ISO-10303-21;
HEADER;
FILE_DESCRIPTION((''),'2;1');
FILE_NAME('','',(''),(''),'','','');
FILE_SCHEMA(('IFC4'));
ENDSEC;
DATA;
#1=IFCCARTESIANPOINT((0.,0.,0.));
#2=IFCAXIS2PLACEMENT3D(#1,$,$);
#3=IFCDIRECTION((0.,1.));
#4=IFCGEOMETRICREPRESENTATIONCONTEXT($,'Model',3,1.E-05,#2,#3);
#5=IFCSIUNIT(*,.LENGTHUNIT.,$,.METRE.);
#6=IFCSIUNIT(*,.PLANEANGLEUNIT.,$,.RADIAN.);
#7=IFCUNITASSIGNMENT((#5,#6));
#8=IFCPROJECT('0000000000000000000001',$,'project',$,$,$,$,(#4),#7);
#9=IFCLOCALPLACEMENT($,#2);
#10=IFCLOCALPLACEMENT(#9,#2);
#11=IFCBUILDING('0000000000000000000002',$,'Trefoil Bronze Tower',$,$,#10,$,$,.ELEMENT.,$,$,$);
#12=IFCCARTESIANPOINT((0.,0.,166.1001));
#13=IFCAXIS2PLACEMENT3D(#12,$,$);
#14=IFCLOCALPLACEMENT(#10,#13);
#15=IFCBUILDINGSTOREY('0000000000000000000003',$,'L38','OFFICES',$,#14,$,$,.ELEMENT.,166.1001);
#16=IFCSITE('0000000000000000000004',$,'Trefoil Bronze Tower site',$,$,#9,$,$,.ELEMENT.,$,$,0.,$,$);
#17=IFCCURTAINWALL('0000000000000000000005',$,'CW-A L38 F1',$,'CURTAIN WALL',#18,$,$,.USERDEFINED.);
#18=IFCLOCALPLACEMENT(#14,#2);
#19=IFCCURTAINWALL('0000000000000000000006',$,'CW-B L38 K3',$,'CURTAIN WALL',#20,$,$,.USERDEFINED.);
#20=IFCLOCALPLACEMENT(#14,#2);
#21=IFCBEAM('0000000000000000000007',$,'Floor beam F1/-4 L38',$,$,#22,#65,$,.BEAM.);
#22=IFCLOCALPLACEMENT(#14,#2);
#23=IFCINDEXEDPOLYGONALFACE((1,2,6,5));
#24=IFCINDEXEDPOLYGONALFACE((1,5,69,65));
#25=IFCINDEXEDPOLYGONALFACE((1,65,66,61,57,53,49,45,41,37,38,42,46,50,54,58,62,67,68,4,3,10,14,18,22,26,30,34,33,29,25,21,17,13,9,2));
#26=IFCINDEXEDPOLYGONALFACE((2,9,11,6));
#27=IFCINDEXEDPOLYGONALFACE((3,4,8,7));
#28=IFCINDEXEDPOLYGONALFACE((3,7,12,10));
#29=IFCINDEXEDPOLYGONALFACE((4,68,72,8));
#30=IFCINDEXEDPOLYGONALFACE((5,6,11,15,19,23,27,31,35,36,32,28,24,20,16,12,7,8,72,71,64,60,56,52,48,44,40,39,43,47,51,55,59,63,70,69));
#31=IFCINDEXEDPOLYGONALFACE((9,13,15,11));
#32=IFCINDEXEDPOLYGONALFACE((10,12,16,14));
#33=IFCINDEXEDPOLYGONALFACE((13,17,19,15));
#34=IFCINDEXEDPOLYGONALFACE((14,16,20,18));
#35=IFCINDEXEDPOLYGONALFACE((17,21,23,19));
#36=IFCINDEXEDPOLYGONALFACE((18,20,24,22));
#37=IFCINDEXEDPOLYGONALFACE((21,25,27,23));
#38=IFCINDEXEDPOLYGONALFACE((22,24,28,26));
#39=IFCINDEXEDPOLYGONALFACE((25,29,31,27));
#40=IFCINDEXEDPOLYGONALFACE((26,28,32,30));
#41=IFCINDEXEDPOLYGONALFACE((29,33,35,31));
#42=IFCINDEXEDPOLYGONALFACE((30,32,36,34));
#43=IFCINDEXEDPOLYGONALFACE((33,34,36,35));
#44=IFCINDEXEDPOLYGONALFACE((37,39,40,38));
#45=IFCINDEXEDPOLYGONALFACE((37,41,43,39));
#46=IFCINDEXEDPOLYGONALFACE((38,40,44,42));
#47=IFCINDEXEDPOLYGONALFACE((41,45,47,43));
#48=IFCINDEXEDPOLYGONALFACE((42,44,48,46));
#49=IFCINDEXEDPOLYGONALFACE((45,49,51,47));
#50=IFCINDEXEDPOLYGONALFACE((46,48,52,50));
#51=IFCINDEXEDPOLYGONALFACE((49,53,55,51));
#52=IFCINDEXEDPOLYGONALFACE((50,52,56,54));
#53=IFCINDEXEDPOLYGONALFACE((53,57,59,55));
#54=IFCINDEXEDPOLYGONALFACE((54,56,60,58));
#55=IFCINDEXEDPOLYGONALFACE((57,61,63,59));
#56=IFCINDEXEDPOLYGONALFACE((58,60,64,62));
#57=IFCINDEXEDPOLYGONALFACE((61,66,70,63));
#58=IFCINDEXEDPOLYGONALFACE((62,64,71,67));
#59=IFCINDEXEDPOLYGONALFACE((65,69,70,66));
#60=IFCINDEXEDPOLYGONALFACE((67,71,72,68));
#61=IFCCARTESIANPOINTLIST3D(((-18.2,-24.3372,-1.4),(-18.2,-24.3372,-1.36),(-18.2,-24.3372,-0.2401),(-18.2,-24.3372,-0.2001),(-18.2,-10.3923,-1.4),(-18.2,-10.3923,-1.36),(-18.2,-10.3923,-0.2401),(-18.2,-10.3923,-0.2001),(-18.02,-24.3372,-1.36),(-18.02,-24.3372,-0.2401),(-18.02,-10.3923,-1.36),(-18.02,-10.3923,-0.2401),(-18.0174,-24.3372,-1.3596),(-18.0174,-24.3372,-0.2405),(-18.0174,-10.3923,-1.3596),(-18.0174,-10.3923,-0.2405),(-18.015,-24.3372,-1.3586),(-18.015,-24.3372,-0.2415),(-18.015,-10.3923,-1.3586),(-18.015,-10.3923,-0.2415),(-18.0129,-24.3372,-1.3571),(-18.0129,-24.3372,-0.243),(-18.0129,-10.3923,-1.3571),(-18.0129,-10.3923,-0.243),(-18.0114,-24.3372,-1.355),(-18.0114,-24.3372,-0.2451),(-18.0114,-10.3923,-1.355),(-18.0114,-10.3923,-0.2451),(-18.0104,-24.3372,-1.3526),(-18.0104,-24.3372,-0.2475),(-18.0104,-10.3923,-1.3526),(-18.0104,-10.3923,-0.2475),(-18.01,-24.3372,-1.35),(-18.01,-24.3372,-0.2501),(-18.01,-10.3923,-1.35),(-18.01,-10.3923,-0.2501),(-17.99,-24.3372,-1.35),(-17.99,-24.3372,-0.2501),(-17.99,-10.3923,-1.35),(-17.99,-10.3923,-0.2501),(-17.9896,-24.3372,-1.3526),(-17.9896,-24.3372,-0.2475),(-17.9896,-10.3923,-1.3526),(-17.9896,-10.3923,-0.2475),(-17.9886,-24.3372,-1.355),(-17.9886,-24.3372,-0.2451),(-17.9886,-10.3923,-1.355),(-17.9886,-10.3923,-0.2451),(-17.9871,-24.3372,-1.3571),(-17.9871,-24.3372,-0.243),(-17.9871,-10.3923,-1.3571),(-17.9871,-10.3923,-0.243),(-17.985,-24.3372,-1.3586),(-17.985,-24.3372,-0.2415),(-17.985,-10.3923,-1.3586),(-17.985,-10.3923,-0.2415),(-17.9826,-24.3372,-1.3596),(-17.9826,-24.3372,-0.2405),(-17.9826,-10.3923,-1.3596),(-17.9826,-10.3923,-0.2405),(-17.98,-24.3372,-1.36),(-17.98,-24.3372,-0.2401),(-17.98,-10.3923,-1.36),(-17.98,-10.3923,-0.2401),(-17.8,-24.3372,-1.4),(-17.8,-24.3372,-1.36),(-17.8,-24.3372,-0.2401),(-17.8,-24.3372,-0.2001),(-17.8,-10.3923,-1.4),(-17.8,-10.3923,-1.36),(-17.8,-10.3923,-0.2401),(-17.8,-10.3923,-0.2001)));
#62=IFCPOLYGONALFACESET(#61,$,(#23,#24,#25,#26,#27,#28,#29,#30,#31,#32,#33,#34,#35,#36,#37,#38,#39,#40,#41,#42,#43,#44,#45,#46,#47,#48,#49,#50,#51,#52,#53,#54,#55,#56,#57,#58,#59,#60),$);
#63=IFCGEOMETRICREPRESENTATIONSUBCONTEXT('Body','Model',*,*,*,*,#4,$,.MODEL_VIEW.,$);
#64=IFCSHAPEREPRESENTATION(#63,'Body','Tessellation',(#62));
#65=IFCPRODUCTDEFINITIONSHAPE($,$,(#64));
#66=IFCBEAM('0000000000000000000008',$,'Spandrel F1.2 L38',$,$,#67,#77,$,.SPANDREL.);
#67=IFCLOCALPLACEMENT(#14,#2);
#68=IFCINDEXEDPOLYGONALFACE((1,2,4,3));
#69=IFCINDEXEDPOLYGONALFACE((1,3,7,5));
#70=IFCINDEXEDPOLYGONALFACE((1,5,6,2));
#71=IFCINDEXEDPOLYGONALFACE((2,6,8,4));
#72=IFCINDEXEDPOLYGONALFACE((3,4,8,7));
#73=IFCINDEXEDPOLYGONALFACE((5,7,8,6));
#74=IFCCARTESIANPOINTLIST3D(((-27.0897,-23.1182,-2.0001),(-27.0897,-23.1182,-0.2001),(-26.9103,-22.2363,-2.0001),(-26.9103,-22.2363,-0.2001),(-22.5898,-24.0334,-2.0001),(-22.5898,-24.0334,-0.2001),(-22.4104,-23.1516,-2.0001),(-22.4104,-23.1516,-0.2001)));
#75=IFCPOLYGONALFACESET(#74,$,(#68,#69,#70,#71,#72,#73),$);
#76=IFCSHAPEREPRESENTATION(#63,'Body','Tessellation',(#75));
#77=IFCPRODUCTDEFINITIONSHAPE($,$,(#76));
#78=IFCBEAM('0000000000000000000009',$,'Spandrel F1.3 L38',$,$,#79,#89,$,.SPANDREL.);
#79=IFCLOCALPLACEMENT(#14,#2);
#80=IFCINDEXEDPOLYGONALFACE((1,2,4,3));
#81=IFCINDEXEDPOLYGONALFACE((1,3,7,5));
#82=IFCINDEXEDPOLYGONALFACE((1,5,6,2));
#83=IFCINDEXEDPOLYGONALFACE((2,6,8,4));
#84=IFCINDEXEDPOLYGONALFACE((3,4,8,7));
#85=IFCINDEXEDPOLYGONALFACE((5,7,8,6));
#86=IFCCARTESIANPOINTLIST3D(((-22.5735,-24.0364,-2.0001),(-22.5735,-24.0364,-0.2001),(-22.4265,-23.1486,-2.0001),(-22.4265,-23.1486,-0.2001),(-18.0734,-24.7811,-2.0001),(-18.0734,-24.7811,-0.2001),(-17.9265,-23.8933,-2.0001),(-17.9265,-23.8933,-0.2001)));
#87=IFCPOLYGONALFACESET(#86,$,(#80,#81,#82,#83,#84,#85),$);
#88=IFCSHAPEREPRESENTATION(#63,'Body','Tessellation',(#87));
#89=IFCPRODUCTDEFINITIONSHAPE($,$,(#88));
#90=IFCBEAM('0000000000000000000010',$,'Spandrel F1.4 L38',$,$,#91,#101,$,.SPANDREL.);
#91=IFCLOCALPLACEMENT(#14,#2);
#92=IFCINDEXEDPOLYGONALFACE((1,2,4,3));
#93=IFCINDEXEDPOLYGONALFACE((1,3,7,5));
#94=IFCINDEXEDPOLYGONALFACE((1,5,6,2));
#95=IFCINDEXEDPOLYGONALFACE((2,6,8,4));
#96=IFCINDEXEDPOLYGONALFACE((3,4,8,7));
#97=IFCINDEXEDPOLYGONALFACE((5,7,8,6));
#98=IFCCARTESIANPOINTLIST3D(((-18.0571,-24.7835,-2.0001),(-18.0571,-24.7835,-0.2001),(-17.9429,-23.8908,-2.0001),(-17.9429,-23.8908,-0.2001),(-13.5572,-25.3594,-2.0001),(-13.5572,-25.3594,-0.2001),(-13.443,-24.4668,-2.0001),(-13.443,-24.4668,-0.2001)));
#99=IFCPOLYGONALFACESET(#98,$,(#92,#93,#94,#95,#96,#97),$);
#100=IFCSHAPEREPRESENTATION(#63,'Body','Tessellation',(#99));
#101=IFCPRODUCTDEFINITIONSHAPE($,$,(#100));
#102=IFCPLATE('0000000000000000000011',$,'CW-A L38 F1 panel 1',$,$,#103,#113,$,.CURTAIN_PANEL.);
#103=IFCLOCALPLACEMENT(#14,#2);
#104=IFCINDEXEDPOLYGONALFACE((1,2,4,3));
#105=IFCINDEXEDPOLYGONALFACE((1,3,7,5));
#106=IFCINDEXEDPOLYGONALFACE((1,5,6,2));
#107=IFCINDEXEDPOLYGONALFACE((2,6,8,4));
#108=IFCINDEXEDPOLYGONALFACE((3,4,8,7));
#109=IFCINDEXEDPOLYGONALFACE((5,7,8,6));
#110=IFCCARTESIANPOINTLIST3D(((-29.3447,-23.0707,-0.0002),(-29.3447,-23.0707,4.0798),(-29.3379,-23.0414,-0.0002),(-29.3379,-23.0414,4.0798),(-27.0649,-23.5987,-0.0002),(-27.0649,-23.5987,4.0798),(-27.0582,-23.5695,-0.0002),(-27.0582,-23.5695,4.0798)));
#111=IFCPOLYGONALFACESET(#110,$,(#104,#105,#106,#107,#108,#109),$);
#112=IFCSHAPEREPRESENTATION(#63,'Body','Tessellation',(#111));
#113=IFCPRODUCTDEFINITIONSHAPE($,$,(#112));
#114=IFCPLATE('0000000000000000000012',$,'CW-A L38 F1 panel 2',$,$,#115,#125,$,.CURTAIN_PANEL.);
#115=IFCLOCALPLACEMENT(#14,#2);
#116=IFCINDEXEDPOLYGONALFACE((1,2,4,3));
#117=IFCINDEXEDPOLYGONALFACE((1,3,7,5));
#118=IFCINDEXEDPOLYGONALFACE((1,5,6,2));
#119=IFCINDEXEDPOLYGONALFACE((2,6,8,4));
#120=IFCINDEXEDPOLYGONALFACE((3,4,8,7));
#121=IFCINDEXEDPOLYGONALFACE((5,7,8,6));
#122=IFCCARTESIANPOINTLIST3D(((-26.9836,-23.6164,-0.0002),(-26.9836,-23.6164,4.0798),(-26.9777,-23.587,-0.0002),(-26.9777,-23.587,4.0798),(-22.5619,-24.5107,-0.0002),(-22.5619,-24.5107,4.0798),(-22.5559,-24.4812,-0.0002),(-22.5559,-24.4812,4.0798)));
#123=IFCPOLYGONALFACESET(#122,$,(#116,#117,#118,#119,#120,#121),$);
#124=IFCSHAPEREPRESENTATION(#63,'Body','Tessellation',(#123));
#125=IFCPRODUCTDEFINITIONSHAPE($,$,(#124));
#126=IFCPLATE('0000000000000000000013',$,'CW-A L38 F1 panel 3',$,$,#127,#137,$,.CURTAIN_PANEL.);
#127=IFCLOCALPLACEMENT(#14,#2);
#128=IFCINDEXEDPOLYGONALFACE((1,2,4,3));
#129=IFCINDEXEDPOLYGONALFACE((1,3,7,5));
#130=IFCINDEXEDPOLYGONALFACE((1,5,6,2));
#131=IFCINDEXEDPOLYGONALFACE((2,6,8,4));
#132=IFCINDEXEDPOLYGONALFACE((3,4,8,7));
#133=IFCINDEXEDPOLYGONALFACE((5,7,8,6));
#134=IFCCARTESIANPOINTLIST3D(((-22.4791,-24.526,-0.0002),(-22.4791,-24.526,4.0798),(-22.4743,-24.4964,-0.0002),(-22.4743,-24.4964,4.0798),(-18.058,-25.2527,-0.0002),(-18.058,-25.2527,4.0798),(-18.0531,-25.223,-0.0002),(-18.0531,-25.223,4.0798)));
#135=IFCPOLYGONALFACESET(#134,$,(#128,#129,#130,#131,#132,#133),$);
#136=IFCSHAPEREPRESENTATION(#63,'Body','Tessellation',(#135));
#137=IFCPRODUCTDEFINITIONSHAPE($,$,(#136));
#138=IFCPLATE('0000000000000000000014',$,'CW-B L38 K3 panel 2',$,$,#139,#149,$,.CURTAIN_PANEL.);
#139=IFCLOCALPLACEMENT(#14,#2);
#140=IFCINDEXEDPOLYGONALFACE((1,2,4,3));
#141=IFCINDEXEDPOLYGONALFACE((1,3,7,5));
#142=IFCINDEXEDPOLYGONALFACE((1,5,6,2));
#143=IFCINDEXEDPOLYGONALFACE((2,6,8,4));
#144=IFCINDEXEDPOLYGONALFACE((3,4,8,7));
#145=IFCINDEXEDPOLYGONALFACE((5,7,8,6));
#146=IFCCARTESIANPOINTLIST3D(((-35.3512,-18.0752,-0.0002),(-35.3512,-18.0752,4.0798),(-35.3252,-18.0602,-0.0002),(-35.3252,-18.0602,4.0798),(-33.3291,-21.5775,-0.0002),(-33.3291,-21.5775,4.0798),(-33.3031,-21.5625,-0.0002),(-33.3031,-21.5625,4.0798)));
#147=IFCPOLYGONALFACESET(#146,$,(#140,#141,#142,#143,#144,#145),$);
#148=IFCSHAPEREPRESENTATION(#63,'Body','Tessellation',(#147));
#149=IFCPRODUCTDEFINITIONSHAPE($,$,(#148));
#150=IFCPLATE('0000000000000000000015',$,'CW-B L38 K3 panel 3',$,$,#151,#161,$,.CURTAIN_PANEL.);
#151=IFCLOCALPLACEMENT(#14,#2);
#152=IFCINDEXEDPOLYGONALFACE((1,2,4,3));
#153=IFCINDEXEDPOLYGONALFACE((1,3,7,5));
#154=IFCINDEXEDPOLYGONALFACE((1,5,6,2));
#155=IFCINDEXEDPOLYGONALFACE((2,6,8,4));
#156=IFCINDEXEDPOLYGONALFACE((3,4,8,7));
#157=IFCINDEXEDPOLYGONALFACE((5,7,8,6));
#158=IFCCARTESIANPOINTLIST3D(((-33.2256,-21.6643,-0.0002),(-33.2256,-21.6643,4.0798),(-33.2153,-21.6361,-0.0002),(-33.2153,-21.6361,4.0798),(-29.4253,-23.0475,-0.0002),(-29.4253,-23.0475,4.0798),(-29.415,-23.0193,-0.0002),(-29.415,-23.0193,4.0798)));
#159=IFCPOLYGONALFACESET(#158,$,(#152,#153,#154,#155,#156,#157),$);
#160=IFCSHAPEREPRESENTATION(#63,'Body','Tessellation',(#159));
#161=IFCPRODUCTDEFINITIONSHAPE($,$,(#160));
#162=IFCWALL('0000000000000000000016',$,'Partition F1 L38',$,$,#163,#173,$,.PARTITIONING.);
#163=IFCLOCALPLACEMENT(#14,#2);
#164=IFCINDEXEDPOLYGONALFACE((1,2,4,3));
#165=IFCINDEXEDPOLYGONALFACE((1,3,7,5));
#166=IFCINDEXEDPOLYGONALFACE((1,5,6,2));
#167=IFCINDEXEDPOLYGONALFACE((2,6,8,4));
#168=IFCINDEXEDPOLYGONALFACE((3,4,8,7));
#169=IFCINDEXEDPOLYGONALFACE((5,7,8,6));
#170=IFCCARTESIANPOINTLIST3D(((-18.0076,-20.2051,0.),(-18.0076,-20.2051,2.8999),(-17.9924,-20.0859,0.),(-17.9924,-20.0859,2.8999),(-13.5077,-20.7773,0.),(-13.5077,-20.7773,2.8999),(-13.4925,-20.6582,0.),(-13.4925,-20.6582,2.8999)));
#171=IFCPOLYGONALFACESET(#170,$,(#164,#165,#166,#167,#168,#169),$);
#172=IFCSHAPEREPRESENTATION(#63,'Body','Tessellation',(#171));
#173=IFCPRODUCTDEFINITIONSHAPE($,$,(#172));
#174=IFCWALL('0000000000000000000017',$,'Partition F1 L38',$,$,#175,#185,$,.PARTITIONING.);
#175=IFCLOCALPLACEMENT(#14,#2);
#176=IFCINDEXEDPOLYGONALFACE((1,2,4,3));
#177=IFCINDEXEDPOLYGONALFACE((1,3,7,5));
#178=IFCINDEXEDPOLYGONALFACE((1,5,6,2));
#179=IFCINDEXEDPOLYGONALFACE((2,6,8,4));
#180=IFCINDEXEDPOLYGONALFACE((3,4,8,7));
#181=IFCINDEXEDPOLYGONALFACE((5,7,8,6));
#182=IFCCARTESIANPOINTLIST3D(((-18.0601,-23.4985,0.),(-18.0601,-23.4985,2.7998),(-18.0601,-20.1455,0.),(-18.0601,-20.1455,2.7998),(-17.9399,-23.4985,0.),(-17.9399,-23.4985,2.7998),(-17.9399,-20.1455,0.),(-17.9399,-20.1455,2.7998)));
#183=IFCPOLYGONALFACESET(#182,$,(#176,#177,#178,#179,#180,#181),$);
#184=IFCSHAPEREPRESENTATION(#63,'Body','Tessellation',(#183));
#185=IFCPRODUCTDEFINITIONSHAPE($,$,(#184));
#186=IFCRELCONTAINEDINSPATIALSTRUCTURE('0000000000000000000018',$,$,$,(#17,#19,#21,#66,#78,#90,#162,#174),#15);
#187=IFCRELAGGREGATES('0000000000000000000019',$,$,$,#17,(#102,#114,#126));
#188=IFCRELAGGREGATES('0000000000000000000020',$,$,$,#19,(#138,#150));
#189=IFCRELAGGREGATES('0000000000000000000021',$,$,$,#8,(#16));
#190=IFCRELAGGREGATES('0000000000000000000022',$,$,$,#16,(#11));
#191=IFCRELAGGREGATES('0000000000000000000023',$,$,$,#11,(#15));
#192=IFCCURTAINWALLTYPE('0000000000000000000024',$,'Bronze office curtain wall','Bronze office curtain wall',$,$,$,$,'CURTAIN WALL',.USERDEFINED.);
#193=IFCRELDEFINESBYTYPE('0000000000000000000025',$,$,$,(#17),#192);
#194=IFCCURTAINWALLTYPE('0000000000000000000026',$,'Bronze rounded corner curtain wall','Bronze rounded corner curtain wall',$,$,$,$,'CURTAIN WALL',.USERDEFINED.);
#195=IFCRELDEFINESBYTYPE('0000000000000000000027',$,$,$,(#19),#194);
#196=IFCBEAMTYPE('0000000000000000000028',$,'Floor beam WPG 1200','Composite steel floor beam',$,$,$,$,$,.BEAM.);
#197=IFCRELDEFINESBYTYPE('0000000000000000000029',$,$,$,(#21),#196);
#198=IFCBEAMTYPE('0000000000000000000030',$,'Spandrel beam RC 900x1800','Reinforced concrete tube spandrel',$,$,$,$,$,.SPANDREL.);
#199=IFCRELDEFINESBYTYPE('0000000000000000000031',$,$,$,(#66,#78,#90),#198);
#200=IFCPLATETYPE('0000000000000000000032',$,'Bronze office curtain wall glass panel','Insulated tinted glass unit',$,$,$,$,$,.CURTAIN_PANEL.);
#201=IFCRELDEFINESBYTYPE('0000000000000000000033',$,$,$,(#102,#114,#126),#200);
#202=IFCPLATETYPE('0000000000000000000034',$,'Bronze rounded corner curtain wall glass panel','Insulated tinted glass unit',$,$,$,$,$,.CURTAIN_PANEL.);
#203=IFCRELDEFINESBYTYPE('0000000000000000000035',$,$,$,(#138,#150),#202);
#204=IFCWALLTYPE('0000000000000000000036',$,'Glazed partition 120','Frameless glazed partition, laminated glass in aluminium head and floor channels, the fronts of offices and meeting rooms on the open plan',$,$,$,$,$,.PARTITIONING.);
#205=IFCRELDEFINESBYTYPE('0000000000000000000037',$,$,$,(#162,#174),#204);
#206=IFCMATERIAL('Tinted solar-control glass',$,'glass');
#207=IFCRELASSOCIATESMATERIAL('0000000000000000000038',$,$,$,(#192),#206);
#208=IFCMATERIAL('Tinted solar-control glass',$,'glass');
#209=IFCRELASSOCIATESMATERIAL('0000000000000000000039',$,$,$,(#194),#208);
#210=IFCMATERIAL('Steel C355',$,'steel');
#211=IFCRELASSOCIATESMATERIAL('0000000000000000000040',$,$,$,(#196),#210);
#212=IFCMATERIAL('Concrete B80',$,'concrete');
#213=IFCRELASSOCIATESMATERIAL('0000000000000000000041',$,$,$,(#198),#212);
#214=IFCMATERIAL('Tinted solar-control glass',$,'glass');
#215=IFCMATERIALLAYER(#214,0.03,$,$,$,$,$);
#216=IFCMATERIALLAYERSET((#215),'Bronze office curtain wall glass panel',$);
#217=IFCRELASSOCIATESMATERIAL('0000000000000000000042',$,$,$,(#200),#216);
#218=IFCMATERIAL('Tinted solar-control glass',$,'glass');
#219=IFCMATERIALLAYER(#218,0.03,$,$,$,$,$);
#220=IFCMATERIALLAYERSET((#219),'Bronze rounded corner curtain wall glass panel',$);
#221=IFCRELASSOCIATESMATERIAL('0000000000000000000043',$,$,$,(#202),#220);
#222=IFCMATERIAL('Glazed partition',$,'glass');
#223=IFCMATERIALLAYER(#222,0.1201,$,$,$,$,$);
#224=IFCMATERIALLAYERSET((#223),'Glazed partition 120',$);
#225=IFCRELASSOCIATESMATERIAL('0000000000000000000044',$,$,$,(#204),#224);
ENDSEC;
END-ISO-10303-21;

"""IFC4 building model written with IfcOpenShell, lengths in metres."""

from ifc_helpers import new_model, si_unit, direction, frame, frame_2d, origin, origin_2d, place, context, subcontext, project, spatial, rectangle, i_section, extrude, material, layer, layer_set, material_profile, profile_set, type_object, element, aggregate, save


model = new_model("IFC4")

# Units and contexts
model_context = context("Model", 3, precision=1e-05, world=origin(), true_north=direction((0.0, 1.0)))
body_context = subcontext(model_context, "Body", "Model", "MODEL_VIEW")
ifc_project = project(units=[si_unit("LENGTHUNIT", "METRE"), si_unit("PLANEANGLEUNIT", "RADIAN")], contexts=[model_context])

# Site, building, storey
site_placement = place(None, origin())
site = spatial("IfcSite", under=ifc_project, at=site_placement, Name="Trefoil Bronze Tower site", CompositionType="ELEMENT", RefElevation=0.0)
building_placement = place(site_placement, origin())
building = spatial("IfcBuilding", under=site, at=building_placement, Name="Trefoil Bronze Tower", CompositionType="ELEMENT")
storey_placement = place(building_placement, frame((0.0, 0.0, 166.1001)))
storey = spatial("IfcBuildingStorey", under=building, at=storey_placement, Name="L38", Description="OFFICES", CompositionType="ELEMENT", Elevation=166.1001)

# Curtain walls
ifc_material_1 = material(Name="Tinted solar-control glass", Category="glass")
curtain_wall_type_1 = type_object("IfcCurtainWallType", Name="Bronze office curtain wall", Description="Bronze office curtain wall", ElementType="CURTAIN WALL", PredefinedType="USERDEFINED", material=ifc_material_1)
curtain_wall_1_placement = place(storey_placement, origin())
curtain_wall_1 = element("IfcCurtainWall", 1, at=curtain_wall_1_placement, inside=storey, type_object=curtain_wall_type_1, Name="CW-A L38 F1", ObjectType="CURTAIN WALL", PredefinedType="USERDEFINED")
ifc_material_2 = material(Name="Tinted solar-control glass", Category="glass")
curtain_wall_type_2 = type_object("IfcCurtainWallType", Name="Bronze rounded corner curtain wall", Description="Bronze rounded corner curtain wall", ElementType="CURTAIN WALL", PredefinedType="USERDEFINED", material=ifc_material_2)
curtain_wall_2_placement = place(storey_placement, origin())
curtain_wall_2 = element("IfcCurtainWall", 2, at=curtain_wall_2_placement, inside=storey, type_object=curtain_wall_type_2, Name="CW-B L38 K3", ObjectType="CURTAIN WALL", PredefinedType="USERDEFINED")

# Beams
ifc_material_3 = material(Name="Steel C355", Category="steel")
ifc_material_profile_1 = material_profile(ifc_material_3, i_section(OverallWidth=0.3999, OverallDepth=1.2, WebThickness=0.02, FlangeThickness=0.04, FilletRadius=0.01, at=origin_2d()), Name="WPG 1200")
ifc_profile_set_1 = profile_set([ifc_material_profile_1], Name="Steel C355")
beam_type_1 = type_object("IfcBeamType", Name="Floor beam WPG 1200", Description="Composite steel floor beam", PredefinedType="BEAM", material=ifc_profile_set_1)
beam_1_placement = place(storey_placement, frame((-18.0, -24.3372, -0.8), z_axis=(0.0, 1.0, 0.0), x_axis=(-1.0, 0.0, 0.0)))
element("IfcBeam", 3, at=beam_1_placement, inside=storey, type_object=beam_type_1, Name="Floor beam F1/-4 L38", PredefinedType="BEAM", context=body_context, shape_type="SweptSolid", body=[
    extrude(i_section(OverallWidth=0.3999, OverallDepth=1.2, WebThickness=0.02, FlangeThickness=0.04, FilletRadius=0.01, at=origin_2d()), origin(), (0.0, 0.0, 1.0), 13.9448),
])
ifc_material_4 = material(Name="Concrete B80", Category="concrete")
ifc_material_profile_2 = material_profile(ifc_material_4, rectangle(XDim=0.8999, YDim=1.8, at=origin_2d()), Name="RC 900x1800")
ifc_profile_set_2 = profile_set([ifc_material_profile_2], Name="Concrete B80")
beam_type_2 = type_object("IfcBeamType", Name="Spandrel beam RC 900x1800", Description="Reinforced concrete tube spandrel", PredefinedType="SPANDREL", material=ifc_profile_set_2)
beam_2_placement = place(storey_placement, frame((-27.0, -22.6772, -1.1001), z_axis=(0.979935, -0.199315, 0.0), x_axis=(0.199315, 0.979935, 0.0)))
element("IfcBeam", 4, at=beam_2_placement, inside=storey, type_object=beam_type_2, Name="Spandrel F1.2 L38", PredefinedType="SPANDREL", context=body_context, shape_type="SweptSolid", body=[
    extrude(rectangle(XDim=0.8999, YDim=1.8, at=origin_2d()), origin(), (0.0, 0.0, 1.0), 4.592),
])
beam_3_placement = place(storey_placement, frame((-22.5, -23.5925, -1.1001), z_axis=(0.986584, -0.163253, 0.0), x_axis=(0.163253, 0.986584, 0.0)))
element("IfcBeam", 5, at=beam_3_placement, inside=storey, type_object=beam_type_2, Name="Spandrel F1.3 L38", PredefinedType="SPANDREL", context=body_context, shape_type="SweptSolid", body=[
    extrude(rectangle(XDim=0.8999, YDim=1.8, at=origin_2d()), origin(), (0.0, 0.0, 1.0), 4.5613),
])
beam_4_placement = place(storey_placement, frame((-18.0, -24.3372, -1.1001), z_axis=(0.991909, -0.126948, 0.0), x_axis=(0.126948, 0.991909, 0.0)))
element("IfcBeam", 6, at=beam_4_placement, inside=storey, type_object=beam_type_2, Name="Spandrel F1.4 L38", PredefinedType="SPANDREL", context=body_context, shape_type="SweptSolid", body=[
    extrude(rectangle(XDim=0.8999, YDim=1.8, at=origin_2d()), origin(), (0.0, 0.0, 1.0), 4.5366),
])

# Plates
ifc_material_5 = material(Name="Tinted solar-control glass", Category="glass")
ifc_layer_1 = layer(ifc_material_5, 0.03)
ifc_layer_set_1 = layer_set([ifc_layer_1], Name="Bronze office curtain wall glass panel")
plate_type_1 = type_object("IfcPlateType", Name="Bronze office curtain wall glass panel", Description="Insulated tinted glass unit", PredefinedType="CURTAIN_PANEL", material=ifc_layer_set_1)
plate_1_placement = place(storey_placement, frame((-28.2014, -23.3201, -0.0002), z_axis=(0.0, 0.0, 1.0), x_axis=(0.974204, -0.225667, 0.0)))
plate_1 = element("IfcPlate", 7, at=plate_1_placement, type_object=plate_type_1, Name="CW-A L38 F1 panel 1", PredefinedType="CURTAIN_PANEL", context=body_context, shape_type="SweptSolid", body=[
    extrude(rectangle(XDim=2.3401, YDim=0.03, at=origin_2d()), origin(), (0.0, 0.0, 1.0), 4.0801),
])
plate_2_placement = place(storey_placement, frame((-24.7698, -24.0488, -0.0002), z_axis=(0.0, 0.0, 1.0), x_axis=(0.980155, -0.198232, 0.0)))
plate_2 = element("IfcPlate", 8, at=plate_2_placement, type_object=plate_type_1, Name="CW-A L38 F1 panel 2", PredefinedType="CURTAIN_PANEL", context=body_context, shape_type="SweptSolid", body=[
    extrude(rectangle(XDim=4.5112, YDim=0.03, at=origin_2d()), origin(), (0.0, 0.0, 1.0), 4.0801),
])
plate_3_placement = place(storey_placement, frame((-20.2661, -24.8745, -0.0002), z_axis=(0.0, 0.0, 1.0), x_axis=(0.98676, -0.162189, 0.0)))
plate_3 = element("IfcPlate", 9, at=plate_3_placement, type_object=plate_type_1, Name="CW-A L38 F1 panel 3", PredefinedType="CURTAIN_PANEL", context=body_context, shape_type="SweptSolid", body=[
    extrude(rectangle(XDim=4.4805, YDim=0.03, at=origin_2d()), origin(), (0.0, 0.0, 1.0), 4.0801),
])
aggregate(curtain_wall_1, [plate_1, plate_2, plate_3])
ifc_material_6 = material(Name="Tinted solar-control glass", Category="glass")
ifc_layer_2 = layer(ifc_material_6, 0.03)
ifc_layer_set_2 = layer_set([ifc_layer_2], Name="Bronze rounded corner curtain wall glass panel")
plate_type_2 = type_object("IfcPlateType", Name="Bronze rounded corner curtain wall glass panel", Description="Insulated tinted glass unit", PredefinedType="CURTAIN_PANEL", material=ifc_layer_set_2)
plate_4_placement = place(storey_placement, frame((-34.3271, -19.8188, -0.0002), z_axis=(0.0, 0.0, 1.0), x_axis=(0.5, -0.866025, 0.0)))
plate_4 = element("IfcPlate", 10, at=plate_4_placement, type_object=plate_type_2, Name="CW-B L38 K3 panel 2", PredefinedType="CURTAIN_PANEL", context=body_context, shape_type="SweptSolid", body=[
    extrude(rectangle(XDim=4.0442, YDim=0.03, at=origin_2d()), origin(), (0.0, 0.0, 1.0), 4.0801),
])
plate_5_placement = place(storey_placement, frame((-31.3203, -22.3418, -0.0002), z_axis=(0.0, 0.0, 1.0), x_axis=(0.939693, -0.34202, 0.0)))
plate_5 = element("IfcPlate", 11, at=plate_5_placement, type_object=plate_type_2, Name="CW-B L38 K3 panel 3", PredefinedType="CURTAIN_PANEL", context=body_context, shape_type="SweptSolid", body=[
    extrude(rectangle(XDim=4.0442, YDim=0.03, at=origin_2d()), origin(), (0.0, 0.0, 1.0), 4.0801),
])
aggregate(curtain_wall_2, [plate_4, plate_5])

# Walls
ifc_material_7 = material(Name="Glazed partition", Category="glass")
ifc_layer_3 = layer(ifc_material_7, 0.1201)
ifc_layer_set_3 = layer_set([ifc_layer_3], Name="Glazed partition 120")
wall_type_1 = type_object("IfcWallType", Name="Glazed partition 120", Description="Frameless glazed partition, laminated glass in aluminium head and floor channels, the fronts of offices and meeting rooms on the open plan", PredefinedType="PARTITIONING", material=ifc_layer_set_3)
wall_1_placement = place(storey_placement, frame((-18.0, -20.1455, 0.0), z_axis=(0.0, 0.0, 1.0), x_axis=(0.992011, -0.126154, 0.0)))
element("IfcWall", 12, at=wall_1_placement, inside=storey, type_object=wall_type_1, Name="Partition F1 L38", PredefinedType="PARTITIONING", context=body_context, shape_type="SweptSolid", body=[
    extrude(rectangle(XDim=4.5361, YDim=0.1201, at=frame_2d((2.2681, 0.0))), origin(), (0.0, 0.0, 1.0), 2.8999),
])
wall_2_placement = place(storey_placement, frame((-18.0, -20.1455, 0.0), z_axis=(0.0, 0.0, 1.0), x_axis=(0.0, -1.0, 0.0)))
element("IfcWall", 13, at=wall_2_placement, inside=storey, type_object=wall_type_1, Name="Partition F1 L38", PredefinedType="PARTITIONING", context=body_context, shape_type="SweptSolid", body=[
    extrude(rectangle(XDim=3.353, YDim=0.1201, at=frame_2d((1.6765, 0.0))), origin(), (0.0, 0.0, 1.0), 2.7998),
])

save(model, "model.ifc")
